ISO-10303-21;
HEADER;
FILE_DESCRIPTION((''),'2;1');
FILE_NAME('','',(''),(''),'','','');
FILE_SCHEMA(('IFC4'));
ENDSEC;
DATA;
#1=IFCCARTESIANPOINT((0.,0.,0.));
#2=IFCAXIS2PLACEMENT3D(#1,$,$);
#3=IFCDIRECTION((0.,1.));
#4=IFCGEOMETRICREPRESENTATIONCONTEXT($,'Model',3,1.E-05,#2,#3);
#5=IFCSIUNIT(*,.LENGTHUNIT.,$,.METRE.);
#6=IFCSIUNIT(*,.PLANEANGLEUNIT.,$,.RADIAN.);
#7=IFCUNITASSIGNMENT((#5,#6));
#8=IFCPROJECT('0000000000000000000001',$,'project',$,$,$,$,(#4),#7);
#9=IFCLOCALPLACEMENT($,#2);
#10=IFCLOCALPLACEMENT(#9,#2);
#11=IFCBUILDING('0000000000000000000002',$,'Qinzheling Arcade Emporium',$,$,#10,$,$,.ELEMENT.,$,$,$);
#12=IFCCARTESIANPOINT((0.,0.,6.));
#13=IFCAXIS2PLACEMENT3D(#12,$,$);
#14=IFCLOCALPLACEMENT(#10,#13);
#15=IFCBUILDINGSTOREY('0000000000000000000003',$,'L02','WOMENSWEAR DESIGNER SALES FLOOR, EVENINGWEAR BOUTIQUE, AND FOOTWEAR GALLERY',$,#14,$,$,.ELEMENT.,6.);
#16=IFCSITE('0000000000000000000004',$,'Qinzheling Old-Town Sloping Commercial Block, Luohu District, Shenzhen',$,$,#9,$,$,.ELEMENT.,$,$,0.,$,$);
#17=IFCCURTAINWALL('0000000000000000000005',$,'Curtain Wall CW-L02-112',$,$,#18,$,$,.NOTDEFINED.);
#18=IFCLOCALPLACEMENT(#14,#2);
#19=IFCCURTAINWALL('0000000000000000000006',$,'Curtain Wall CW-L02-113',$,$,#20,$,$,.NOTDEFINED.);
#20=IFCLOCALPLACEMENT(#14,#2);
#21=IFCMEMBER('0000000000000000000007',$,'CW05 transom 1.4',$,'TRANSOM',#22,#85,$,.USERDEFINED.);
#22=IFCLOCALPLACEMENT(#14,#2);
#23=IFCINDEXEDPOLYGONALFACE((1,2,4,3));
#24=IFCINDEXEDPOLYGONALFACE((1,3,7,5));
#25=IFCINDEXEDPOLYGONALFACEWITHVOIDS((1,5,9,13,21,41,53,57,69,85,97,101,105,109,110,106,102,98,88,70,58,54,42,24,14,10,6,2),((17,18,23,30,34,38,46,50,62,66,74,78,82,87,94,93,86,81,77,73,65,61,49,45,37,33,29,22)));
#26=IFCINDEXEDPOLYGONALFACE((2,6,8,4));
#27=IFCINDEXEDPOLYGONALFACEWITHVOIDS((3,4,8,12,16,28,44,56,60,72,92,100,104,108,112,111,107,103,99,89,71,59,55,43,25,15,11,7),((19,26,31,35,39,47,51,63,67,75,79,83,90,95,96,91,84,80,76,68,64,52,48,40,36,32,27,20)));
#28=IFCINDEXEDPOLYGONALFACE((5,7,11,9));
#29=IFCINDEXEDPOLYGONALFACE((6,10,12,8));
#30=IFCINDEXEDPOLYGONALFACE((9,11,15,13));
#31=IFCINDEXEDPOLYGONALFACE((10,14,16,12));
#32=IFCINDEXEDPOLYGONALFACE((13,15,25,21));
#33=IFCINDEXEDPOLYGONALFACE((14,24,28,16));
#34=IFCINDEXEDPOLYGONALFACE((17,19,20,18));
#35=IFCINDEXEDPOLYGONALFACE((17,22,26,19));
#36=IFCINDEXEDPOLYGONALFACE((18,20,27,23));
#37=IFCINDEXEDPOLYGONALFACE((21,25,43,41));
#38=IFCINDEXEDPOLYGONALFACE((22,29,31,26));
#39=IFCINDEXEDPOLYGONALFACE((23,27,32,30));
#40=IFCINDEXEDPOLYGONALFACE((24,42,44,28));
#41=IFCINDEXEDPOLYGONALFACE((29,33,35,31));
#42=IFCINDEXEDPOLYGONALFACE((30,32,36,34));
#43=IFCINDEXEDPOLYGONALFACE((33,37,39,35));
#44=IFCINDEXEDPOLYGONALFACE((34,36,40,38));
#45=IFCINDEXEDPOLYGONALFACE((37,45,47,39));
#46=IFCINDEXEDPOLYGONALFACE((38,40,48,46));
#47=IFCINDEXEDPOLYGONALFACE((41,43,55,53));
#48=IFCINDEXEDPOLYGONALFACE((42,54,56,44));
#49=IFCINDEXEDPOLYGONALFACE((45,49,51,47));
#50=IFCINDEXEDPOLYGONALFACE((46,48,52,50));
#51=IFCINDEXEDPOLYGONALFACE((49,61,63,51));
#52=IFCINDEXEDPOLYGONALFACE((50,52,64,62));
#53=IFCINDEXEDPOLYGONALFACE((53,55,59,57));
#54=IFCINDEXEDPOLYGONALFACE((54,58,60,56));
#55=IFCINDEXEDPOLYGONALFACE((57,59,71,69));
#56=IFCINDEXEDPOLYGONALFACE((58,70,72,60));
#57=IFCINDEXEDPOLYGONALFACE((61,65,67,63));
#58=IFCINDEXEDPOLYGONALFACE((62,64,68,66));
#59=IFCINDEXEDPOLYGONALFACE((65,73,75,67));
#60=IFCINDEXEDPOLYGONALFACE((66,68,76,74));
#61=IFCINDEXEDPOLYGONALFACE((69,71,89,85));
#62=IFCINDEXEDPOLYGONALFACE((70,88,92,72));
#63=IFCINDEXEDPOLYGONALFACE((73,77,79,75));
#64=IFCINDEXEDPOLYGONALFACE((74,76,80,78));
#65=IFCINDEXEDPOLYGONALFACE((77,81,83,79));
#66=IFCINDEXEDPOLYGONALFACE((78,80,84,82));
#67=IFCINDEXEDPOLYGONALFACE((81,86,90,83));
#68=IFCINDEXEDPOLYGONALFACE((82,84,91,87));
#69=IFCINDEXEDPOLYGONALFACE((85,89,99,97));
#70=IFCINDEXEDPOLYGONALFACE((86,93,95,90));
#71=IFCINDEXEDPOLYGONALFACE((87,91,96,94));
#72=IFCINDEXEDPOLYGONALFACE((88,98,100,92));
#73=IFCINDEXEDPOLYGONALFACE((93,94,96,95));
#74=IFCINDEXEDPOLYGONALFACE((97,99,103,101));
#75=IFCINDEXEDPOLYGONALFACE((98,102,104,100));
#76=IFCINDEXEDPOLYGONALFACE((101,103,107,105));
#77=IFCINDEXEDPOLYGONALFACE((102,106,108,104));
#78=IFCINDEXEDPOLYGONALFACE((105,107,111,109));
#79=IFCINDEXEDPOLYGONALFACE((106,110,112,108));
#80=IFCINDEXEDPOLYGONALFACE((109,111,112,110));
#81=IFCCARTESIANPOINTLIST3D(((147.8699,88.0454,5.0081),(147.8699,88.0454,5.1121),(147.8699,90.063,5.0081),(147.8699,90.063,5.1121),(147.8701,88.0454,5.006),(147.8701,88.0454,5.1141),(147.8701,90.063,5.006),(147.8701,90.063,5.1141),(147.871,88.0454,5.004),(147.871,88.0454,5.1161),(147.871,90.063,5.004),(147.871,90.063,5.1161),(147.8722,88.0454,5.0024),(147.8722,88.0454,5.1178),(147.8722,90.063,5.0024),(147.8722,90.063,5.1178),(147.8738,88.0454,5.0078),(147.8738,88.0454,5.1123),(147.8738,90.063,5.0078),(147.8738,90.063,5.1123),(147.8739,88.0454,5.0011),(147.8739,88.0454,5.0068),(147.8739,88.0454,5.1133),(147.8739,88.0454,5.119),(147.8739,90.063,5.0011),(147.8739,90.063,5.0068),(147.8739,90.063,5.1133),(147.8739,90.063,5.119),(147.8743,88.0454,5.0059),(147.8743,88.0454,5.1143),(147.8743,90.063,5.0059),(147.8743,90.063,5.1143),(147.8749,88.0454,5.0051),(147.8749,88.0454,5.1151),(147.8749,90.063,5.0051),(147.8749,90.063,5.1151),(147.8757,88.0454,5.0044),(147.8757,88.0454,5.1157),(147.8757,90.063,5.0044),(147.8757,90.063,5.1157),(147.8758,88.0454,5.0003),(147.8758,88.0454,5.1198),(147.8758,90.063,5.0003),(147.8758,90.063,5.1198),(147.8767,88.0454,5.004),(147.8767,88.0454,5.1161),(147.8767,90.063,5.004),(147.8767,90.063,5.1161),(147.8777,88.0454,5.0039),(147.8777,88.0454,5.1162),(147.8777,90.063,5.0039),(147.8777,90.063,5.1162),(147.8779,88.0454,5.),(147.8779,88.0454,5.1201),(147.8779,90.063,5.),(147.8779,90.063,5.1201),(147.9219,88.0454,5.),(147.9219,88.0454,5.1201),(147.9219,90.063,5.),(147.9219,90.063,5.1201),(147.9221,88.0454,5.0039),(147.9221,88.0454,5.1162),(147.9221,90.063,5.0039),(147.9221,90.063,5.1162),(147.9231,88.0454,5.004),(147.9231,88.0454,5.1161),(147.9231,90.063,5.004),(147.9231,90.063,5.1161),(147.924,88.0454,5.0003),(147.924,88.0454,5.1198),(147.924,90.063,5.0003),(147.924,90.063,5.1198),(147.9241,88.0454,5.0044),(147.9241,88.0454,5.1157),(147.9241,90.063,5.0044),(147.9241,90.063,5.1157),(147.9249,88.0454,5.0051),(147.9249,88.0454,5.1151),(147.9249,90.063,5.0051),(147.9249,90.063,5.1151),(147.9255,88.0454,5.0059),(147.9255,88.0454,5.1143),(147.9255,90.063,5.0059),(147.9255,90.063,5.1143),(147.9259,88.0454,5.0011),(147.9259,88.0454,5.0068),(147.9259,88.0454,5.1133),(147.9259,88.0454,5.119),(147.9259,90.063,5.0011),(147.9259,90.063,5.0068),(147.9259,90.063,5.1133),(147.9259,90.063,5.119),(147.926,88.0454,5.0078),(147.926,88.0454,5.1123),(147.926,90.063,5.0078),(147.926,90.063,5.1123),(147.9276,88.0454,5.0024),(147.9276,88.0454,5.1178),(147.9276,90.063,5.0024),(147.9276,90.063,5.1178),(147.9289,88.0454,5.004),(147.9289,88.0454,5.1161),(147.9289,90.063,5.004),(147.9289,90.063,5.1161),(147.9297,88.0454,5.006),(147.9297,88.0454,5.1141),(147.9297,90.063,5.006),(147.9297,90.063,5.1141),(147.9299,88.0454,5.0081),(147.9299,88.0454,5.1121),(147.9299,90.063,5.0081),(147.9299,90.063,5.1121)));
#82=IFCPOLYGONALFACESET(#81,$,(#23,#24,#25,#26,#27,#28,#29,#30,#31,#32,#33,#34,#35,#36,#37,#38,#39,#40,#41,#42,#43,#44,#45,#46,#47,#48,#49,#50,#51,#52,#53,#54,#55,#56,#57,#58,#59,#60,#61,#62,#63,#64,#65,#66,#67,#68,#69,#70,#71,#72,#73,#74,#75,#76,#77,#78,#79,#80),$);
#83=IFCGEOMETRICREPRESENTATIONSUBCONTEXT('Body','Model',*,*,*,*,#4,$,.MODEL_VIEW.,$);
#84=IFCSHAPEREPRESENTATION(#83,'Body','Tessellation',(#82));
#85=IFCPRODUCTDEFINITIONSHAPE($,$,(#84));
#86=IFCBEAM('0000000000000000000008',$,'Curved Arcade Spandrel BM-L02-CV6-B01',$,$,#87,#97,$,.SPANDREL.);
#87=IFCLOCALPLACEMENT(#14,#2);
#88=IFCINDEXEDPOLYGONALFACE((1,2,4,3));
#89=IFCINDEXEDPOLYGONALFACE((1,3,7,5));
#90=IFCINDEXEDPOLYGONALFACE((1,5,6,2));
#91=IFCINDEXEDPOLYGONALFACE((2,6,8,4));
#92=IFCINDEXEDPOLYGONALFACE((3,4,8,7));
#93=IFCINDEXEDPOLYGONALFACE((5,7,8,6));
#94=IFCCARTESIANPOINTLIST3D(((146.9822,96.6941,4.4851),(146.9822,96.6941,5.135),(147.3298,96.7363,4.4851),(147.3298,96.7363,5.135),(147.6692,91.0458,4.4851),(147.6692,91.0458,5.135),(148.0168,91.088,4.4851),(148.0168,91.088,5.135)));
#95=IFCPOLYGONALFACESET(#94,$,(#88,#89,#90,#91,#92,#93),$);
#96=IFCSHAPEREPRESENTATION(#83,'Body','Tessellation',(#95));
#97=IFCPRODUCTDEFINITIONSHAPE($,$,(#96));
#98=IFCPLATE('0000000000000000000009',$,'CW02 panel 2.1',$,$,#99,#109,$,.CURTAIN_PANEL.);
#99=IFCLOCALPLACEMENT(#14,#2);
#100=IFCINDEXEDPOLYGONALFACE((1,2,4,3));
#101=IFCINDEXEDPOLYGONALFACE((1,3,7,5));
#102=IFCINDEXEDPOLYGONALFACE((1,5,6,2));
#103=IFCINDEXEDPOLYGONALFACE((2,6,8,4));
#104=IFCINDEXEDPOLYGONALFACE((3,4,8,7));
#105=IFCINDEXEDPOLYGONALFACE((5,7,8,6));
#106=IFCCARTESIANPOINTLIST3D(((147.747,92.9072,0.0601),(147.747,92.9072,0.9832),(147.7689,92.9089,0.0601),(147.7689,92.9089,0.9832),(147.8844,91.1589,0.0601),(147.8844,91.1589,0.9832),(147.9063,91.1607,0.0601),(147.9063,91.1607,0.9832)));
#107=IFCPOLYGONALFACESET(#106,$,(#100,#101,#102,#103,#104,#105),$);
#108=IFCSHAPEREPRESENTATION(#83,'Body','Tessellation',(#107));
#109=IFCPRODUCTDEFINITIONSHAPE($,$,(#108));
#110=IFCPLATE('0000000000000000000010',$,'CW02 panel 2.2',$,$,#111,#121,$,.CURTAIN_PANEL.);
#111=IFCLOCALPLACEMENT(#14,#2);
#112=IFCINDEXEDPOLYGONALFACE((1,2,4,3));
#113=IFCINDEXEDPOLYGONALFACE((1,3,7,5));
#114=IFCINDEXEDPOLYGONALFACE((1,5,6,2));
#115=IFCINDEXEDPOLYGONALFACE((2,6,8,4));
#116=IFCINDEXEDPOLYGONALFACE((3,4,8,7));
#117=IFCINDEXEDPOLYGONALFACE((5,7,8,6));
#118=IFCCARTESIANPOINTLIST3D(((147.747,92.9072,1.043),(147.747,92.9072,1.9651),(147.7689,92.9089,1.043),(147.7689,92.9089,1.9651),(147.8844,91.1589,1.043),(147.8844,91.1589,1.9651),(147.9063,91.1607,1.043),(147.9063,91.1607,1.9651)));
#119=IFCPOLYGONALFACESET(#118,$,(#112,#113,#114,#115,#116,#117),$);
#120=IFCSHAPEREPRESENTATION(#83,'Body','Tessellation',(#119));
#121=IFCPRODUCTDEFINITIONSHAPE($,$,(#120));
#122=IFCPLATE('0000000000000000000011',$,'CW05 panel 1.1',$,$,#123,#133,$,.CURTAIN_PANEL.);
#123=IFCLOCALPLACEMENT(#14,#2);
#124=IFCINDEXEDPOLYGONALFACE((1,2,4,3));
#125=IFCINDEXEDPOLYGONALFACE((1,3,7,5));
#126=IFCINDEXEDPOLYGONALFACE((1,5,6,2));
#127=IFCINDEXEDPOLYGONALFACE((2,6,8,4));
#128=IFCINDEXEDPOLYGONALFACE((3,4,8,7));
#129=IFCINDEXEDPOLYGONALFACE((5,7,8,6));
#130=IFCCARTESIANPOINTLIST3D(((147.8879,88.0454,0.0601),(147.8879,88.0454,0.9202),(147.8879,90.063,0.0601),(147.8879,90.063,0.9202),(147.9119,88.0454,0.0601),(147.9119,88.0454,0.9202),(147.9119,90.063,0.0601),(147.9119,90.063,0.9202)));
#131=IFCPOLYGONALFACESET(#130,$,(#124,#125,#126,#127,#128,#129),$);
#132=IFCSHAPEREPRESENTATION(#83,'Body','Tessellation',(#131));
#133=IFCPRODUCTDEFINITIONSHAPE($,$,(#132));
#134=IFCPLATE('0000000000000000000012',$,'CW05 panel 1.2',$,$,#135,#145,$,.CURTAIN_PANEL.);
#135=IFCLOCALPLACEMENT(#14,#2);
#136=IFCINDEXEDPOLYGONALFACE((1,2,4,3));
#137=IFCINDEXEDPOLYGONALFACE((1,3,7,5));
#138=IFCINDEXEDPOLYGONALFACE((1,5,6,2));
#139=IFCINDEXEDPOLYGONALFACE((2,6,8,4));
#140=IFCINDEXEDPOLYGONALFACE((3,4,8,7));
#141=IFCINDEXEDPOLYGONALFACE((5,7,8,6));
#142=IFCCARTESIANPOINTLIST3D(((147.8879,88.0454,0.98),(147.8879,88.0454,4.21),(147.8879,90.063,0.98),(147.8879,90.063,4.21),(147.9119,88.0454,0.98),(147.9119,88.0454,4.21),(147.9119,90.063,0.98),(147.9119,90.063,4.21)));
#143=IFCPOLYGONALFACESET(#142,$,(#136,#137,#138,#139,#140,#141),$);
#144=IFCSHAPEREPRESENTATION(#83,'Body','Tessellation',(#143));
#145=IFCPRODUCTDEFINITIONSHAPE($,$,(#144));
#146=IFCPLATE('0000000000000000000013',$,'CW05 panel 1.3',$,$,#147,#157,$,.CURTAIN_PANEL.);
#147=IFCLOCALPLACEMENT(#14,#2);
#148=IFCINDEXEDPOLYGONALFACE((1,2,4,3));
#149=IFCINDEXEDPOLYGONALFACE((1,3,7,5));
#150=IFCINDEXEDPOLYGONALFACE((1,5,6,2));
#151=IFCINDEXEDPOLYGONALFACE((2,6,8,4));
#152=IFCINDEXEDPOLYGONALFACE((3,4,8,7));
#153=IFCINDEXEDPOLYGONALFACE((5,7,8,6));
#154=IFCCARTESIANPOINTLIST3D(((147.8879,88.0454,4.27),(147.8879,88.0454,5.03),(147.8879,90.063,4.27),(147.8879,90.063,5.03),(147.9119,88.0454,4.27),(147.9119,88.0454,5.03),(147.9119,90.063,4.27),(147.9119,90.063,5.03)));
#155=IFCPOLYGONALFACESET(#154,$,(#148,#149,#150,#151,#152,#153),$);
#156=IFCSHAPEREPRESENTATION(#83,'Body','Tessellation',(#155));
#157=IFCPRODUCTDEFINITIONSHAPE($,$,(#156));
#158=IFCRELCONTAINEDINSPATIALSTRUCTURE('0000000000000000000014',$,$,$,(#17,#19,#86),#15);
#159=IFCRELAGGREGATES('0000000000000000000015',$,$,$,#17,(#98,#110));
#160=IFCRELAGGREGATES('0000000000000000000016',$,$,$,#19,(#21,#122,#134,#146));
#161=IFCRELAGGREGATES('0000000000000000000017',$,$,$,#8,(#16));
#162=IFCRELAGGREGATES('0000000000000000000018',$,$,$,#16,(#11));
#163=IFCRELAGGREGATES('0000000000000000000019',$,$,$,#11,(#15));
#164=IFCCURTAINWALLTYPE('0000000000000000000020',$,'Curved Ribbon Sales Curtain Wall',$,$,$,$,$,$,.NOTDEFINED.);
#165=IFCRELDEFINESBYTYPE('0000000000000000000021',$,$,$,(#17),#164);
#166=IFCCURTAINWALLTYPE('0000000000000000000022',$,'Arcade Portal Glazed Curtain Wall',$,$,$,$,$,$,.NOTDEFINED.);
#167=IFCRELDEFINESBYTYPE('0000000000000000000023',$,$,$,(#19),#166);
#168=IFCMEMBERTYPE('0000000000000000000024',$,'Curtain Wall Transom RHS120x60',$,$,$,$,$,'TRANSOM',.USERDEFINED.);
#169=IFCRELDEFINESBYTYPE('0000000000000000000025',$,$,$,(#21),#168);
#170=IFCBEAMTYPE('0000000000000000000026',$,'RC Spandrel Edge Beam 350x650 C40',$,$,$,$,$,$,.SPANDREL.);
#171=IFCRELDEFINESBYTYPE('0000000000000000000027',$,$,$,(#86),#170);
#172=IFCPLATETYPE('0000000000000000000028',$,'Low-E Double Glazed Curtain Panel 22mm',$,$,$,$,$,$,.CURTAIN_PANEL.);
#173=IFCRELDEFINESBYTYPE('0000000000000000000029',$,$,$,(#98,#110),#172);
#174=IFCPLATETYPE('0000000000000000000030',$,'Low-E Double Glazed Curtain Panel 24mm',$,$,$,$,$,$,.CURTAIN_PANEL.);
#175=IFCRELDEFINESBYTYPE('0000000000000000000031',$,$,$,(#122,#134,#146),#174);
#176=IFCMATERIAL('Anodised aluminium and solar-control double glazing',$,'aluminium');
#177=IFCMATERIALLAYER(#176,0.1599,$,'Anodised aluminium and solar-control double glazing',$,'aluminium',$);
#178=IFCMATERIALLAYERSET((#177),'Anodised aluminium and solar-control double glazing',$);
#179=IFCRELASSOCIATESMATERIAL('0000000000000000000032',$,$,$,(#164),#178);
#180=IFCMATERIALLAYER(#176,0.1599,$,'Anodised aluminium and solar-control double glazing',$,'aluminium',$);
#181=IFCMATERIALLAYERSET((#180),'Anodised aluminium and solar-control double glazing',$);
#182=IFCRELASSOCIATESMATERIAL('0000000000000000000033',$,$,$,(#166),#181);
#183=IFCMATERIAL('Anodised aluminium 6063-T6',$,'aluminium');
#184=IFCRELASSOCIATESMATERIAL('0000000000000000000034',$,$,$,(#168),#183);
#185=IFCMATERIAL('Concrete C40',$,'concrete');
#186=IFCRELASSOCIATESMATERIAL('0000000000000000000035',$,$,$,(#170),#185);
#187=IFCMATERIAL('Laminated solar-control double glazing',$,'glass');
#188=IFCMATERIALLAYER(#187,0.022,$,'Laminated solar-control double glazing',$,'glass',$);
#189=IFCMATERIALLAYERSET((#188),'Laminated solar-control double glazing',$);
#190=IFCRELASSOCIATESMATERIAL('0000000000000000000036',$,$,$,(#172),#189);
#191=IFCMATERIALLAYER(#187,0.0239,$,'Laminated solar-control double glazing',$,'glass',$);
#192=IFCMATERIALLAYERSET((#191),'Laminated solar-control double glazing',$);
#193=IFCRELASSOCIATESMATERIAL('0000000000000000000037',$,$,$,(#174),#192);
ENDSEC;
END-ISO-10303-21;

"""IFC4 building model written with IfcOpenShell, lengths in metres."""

from ifc_helpers import new_model, si_unit, direction, frame, origin, origin_2d, place, context, subcontext, project, spatial, rectangle, hollow_rectangle, extrude, material, layer, layer_set, material_profile, profile_set, type_object, element, aggregate, save


model = new_model("IFC4")

# Units and contexts
model_context = context("Model", 3, precision=1e-05, world=origin(), true_north=direction((0.0, 1.0)))
body_context = subcontext(model_context, "Body", "Model", "MODEL_VIEW")
ifc_project = project(units=[si_unit("LENGTHUNIT", "METRE"), si_unit("PLANEANGLEUNIT", "RADIAN")], contexts=[model_context])

# Site, building, storey
site_placement = place(None, origin())
site = spatial("IfcSite", under=ifc_project, at=site_placement, Name="Qinzheling Old-Town Sloping Commercial Block, Luohu District, Shenzhen", CompositionType="ELEMENT", RefElevation=0.0)
building_placement = place(site_placement, origin())
building = spatial("IfcBuilding", under=site, at=building_placement, Name="Qinzheling Arcade Emporium", CompositionType="ELEMENT")
storey_placement = place(building_placement, frame((0.0, 0.0, 6.0)))
storey = spatial("IfcBuildingStorey", under=building, at=storey_placement, Name="L02", Description="WOMENSWEAR DESIGNER SALES FLOOR, EVENINGWEAR BOUTIQUE, AND FOOTWEAR GALLERY", CompositionType="ELEMENT", Elevation=6.0)

# Curtain walls
ifc_material_1 = material(Name="Anodised aluminium and solar-control double glazing", Category="aluminium")
ifc_layer_1 = layer(ifc_material_1, 0.1599, Name="Anodised aluminium and solar-control double glazing", Category="aluminium")
ifc_layer_set_1 = layer_set([ifc_layer_1], Name="Anodised aluminium and solar-control double glazing")
curtain_wall_type_1 = type_object("IfcCurtainWallType", Name="Curved Ribbon Sales Curtain Wall", PredefinedType="NOTDEFINED", material=ifc_layer_set_1)
curtain_wall_1_placement = place(storey_placement, origin())
curtain_wall_1 = element("IfcCurtainWall", 1, at=curtain_wall_1_placement, inside=storey, type_object=curtain_wall_type_1, Name="Curtain Wall CW-L02-112", PredefinedType="NOTDEFINED")
ifc_material_2 = material(Name="Anodised aluminium 6063-T6", Category="aluminium")
ifc_layer_2 = layer(ifc_material_1, 0.1599, Name="Anodised aluminium and solar-control double glazing", Category="aluminium")
ifc_layer_set_2 = layer_set([ifc_layer_2], Name="Anodised aluminium and solar-control double glazing")
curtain_wall_type_2 = type_object("IfcCurtainWallType", Name="Arcade Portal Glazed Curtain Wall", PredefinedType="NOTDEFINED", material=ifc_layer_set_2)
curtain_wall_2_placement = place(storey_placement, origin())
curtain_wall_2 = element("IfcCurtainWall", 2, at=curtain_wall_2_placement, inside=storey, type_object=curtain_wall_type_2, Name="Curtain Wall CW-L02-113", PredefinedType="NOTDEFINED")

# Member
ifc_material_profile_1 = material_profile(ifc_material_2, hollow_rectangle(XDim=0.0601, YDim=0.1201, WallThickness=0.0039, InnerFilletRadius=0.0039, OuterFilletRadius=0.0081, at=origin_2d()), Name="RHS 120x60x4", Category="aluminium")
ifc_profile_set_1 = profile_set([ifc_material_profile_1], Name="Anodised aluminium 6063-T6")
member_type_1 = type_object("IfcMemberType", Name="Curtain Wall Transom RHS120x60", ElementType="TRANSOM", PredefinedType="USERDEFINED", material=ifc_profile_set_1)
member_1_placement = place(storey_placement, frame((147.8999, 90.063, 5.0601), z_axis=(0.0, -1.0, 0.0), x_axis=(1.0, 0.0, 0.0)))
member_1 = element("IfcMember", 3, at=member_1_placement, type_object=member_type_1, Name="CW05 transom 1.4", ObjectType="TRANSOM", PredefinedType="USERDEFINED", context=body_context, shape_type="SweptSolid", body=[
    extrude(hollow_rectangle(XDim=0.0601, YDim=0.1201, WallThickness=0.0039, InnerFilletRadius=0.0039, OuterFilletRadius=0.0081, at=origin_2d()), origin(), (0.0, 0.0, 1.0), 2.0176),
])

# Beam
ifc_material_3 = material(Name="Concrete C40", Category="concrete")
ifc_material_profile_2 = material_profile(ifc_material_3, rectangle(XDim=0.3501, YDim=0.6499, at=origin_2d()), Name="RC 350x650", Category="concrete")
ifc_profile_set_2 = profile_set([ifc_material_profile_2], Name="Concrete C40")
beam_type_1 = type_object("IfcBeamType", Name="RC Spandrel Edge Beam 350x650 C40", PredefinedType="SPANDREL", material=ifc_profile_set_2)
beam_1_placement = place(storey_placement, frame((147.843, 91.0669, 4.8101), z_axis=(-0.120744, 0.992684, 0.0), x_axis=(-0.992684, -0.120744, 0.0)))
element("IfcBeam", 4, at=beam_1_placement, inside=storey, type_object=beam_type_1, Name="Curved Arcade Spandrel BM-L02-CV6-B01", PredefinedType="SPANDREL", context=body_context, shape_type="SweptSolid", body=[
    extrude(rectangle(XDim=0.3501, YDim=0.6499, at=origin_2d()), origin(), (0.0, 0.0, 1.0), 5.6899),
])

# Plates
ifc_material_4 = material(Name="Laminated solar-control double glazing", Category="glass")
ifc_layer_3 = layer(ifc_material_4, 0.022, Name="Laminated solar-control double glazing", Category="glass")
ifc_layer_set_3 = layer_set([ifc_layer_3], Name="Laminated solar-control double glazing")
plate_type_1 = type_object("IfcPlateType", Name="Low-E Double Glazed Curtain Panel 22mm", PredefinedType="CURTAIN_PANEL", material=ifc_layer_set_3)
plate_1_placement = place(storey_placement, frame((147.8267, 92.0339, 0.0601), z_axis=(0.0, 0.0, 1.0), x_axis=(0.078376, -0.996924, 0.0)))
plate_1 = element("IfcPlate", 5, at=plate_1_placement, type_object=plate_type_1, Name="CW02 panel 2.1", PredefinedType="CURTAIN_PANEL", context=body_context, shape_type="SweptSolid", body=[
    extrude(rectangle(XDim=1.7537, YDim=0.022, at=origin_2d()), origin(), (0.0, 0.0, 1.0), 0.9231),
])
plate_2_placement = place(storey_placement, frame((147.8267, 92.0339, 1.043), z_axis=(0.0, 0.0, 1.0), x_axis=(0.078376, -0.996924, 0.0)))
plate_2 = element("IfcPlate", 6, at=plate_2_placement, type_object=plate_type_1, Name="CW02 panel 2.2", PredefinedType="CURTAIN_PANEL", context=body_context, shape_type="SweptSolid", body=[
    extrude(rectangle(XDim=1.7537, YDim=0.022, at=origin_2d()), origin(), (0.0, 0.0, 1.0), 0.9221),
])
aggregate(curtain_wall_1, [plate_1, plate_2])
ifc_layer_4 = layer(ifc_material_4, 0.0239, Name="Laminated solar-control double glazing", Category="glass")
ifc_layer_set_4 = layer_set([ifc_layer_4], Name="Laminated solar-control double glazing")
plate_type_2 = type_object("IfcPlateType", Name="Low-E Double Glazed Curtain Panel 24mm", PredefinedType="CURTAIN_PANEL", material=ifc_layer_set_4)
plate_3_placement = place(storey_placement, frame((147.8999, 89.0542, 0.0601), z_axis=(0.0, 0.0, 1.0), x_axis=(0.0, -1.0, 0.0)))
plate_3 = element("IfcPlate", 7, at=plate_3_placement, type_object=plate_type_2, Name="CW05 panel 1.1", PredefinedType="CURTAIN_PANEL", context=body_context, shape_type="SweptSolid", body=[
    extrude(rectangle(XDim=2.0176, YDim=0.0239, at=origin_2d()), origin(), (0.0, 0.0, 1.0), 0.8601),
])
plate_4_placement = place(storey_placement, frame((147.8999, 89.0542, 0.98), z_axis=(0.0, 0.0, 1.0), x_axis=(0.0, -1.0, 0.0)))
plate_4 = element("IfcPlate", 8, at=plate_4_placement, type_object=plate_type_2, Name="CW05 panel 1.2", PredefinedType="CURTAIN_PANEL", context=body_context, shape_type="SweptSolid", body=[
    extrude(rectangle(XDim=2.0176, YDim=0.0239, at=origin_2d()), origin(), (0.0, 0.0, 1.0), 3.23),
])
plate_5_placement = place(storey_placement, frame((147.8999, 89.0542, 4.27), z_axis=(0.0, 0.0, 1.0), x_axis=(0.0, -1.0, 0.0)))
plate_5 = element("IfcPlate", 9, at=plate_5_placement, type_object=plate_type_2, Name="CW05 panel 1.3", PredefinedType="CURTAIN_PANEL", context=body_context, shape_type="SweptSolid", body=[
    extrude(rectangle(XDim=2.0176, YDim=0.0239, at=origin_2d()), origin(), (0.0, 0.0, 1.0), 0.76),
])
aggregate(curtain_wall_2, [member_1, plate_3, plate_4, plate_5])

save(model, "model.ifc")
